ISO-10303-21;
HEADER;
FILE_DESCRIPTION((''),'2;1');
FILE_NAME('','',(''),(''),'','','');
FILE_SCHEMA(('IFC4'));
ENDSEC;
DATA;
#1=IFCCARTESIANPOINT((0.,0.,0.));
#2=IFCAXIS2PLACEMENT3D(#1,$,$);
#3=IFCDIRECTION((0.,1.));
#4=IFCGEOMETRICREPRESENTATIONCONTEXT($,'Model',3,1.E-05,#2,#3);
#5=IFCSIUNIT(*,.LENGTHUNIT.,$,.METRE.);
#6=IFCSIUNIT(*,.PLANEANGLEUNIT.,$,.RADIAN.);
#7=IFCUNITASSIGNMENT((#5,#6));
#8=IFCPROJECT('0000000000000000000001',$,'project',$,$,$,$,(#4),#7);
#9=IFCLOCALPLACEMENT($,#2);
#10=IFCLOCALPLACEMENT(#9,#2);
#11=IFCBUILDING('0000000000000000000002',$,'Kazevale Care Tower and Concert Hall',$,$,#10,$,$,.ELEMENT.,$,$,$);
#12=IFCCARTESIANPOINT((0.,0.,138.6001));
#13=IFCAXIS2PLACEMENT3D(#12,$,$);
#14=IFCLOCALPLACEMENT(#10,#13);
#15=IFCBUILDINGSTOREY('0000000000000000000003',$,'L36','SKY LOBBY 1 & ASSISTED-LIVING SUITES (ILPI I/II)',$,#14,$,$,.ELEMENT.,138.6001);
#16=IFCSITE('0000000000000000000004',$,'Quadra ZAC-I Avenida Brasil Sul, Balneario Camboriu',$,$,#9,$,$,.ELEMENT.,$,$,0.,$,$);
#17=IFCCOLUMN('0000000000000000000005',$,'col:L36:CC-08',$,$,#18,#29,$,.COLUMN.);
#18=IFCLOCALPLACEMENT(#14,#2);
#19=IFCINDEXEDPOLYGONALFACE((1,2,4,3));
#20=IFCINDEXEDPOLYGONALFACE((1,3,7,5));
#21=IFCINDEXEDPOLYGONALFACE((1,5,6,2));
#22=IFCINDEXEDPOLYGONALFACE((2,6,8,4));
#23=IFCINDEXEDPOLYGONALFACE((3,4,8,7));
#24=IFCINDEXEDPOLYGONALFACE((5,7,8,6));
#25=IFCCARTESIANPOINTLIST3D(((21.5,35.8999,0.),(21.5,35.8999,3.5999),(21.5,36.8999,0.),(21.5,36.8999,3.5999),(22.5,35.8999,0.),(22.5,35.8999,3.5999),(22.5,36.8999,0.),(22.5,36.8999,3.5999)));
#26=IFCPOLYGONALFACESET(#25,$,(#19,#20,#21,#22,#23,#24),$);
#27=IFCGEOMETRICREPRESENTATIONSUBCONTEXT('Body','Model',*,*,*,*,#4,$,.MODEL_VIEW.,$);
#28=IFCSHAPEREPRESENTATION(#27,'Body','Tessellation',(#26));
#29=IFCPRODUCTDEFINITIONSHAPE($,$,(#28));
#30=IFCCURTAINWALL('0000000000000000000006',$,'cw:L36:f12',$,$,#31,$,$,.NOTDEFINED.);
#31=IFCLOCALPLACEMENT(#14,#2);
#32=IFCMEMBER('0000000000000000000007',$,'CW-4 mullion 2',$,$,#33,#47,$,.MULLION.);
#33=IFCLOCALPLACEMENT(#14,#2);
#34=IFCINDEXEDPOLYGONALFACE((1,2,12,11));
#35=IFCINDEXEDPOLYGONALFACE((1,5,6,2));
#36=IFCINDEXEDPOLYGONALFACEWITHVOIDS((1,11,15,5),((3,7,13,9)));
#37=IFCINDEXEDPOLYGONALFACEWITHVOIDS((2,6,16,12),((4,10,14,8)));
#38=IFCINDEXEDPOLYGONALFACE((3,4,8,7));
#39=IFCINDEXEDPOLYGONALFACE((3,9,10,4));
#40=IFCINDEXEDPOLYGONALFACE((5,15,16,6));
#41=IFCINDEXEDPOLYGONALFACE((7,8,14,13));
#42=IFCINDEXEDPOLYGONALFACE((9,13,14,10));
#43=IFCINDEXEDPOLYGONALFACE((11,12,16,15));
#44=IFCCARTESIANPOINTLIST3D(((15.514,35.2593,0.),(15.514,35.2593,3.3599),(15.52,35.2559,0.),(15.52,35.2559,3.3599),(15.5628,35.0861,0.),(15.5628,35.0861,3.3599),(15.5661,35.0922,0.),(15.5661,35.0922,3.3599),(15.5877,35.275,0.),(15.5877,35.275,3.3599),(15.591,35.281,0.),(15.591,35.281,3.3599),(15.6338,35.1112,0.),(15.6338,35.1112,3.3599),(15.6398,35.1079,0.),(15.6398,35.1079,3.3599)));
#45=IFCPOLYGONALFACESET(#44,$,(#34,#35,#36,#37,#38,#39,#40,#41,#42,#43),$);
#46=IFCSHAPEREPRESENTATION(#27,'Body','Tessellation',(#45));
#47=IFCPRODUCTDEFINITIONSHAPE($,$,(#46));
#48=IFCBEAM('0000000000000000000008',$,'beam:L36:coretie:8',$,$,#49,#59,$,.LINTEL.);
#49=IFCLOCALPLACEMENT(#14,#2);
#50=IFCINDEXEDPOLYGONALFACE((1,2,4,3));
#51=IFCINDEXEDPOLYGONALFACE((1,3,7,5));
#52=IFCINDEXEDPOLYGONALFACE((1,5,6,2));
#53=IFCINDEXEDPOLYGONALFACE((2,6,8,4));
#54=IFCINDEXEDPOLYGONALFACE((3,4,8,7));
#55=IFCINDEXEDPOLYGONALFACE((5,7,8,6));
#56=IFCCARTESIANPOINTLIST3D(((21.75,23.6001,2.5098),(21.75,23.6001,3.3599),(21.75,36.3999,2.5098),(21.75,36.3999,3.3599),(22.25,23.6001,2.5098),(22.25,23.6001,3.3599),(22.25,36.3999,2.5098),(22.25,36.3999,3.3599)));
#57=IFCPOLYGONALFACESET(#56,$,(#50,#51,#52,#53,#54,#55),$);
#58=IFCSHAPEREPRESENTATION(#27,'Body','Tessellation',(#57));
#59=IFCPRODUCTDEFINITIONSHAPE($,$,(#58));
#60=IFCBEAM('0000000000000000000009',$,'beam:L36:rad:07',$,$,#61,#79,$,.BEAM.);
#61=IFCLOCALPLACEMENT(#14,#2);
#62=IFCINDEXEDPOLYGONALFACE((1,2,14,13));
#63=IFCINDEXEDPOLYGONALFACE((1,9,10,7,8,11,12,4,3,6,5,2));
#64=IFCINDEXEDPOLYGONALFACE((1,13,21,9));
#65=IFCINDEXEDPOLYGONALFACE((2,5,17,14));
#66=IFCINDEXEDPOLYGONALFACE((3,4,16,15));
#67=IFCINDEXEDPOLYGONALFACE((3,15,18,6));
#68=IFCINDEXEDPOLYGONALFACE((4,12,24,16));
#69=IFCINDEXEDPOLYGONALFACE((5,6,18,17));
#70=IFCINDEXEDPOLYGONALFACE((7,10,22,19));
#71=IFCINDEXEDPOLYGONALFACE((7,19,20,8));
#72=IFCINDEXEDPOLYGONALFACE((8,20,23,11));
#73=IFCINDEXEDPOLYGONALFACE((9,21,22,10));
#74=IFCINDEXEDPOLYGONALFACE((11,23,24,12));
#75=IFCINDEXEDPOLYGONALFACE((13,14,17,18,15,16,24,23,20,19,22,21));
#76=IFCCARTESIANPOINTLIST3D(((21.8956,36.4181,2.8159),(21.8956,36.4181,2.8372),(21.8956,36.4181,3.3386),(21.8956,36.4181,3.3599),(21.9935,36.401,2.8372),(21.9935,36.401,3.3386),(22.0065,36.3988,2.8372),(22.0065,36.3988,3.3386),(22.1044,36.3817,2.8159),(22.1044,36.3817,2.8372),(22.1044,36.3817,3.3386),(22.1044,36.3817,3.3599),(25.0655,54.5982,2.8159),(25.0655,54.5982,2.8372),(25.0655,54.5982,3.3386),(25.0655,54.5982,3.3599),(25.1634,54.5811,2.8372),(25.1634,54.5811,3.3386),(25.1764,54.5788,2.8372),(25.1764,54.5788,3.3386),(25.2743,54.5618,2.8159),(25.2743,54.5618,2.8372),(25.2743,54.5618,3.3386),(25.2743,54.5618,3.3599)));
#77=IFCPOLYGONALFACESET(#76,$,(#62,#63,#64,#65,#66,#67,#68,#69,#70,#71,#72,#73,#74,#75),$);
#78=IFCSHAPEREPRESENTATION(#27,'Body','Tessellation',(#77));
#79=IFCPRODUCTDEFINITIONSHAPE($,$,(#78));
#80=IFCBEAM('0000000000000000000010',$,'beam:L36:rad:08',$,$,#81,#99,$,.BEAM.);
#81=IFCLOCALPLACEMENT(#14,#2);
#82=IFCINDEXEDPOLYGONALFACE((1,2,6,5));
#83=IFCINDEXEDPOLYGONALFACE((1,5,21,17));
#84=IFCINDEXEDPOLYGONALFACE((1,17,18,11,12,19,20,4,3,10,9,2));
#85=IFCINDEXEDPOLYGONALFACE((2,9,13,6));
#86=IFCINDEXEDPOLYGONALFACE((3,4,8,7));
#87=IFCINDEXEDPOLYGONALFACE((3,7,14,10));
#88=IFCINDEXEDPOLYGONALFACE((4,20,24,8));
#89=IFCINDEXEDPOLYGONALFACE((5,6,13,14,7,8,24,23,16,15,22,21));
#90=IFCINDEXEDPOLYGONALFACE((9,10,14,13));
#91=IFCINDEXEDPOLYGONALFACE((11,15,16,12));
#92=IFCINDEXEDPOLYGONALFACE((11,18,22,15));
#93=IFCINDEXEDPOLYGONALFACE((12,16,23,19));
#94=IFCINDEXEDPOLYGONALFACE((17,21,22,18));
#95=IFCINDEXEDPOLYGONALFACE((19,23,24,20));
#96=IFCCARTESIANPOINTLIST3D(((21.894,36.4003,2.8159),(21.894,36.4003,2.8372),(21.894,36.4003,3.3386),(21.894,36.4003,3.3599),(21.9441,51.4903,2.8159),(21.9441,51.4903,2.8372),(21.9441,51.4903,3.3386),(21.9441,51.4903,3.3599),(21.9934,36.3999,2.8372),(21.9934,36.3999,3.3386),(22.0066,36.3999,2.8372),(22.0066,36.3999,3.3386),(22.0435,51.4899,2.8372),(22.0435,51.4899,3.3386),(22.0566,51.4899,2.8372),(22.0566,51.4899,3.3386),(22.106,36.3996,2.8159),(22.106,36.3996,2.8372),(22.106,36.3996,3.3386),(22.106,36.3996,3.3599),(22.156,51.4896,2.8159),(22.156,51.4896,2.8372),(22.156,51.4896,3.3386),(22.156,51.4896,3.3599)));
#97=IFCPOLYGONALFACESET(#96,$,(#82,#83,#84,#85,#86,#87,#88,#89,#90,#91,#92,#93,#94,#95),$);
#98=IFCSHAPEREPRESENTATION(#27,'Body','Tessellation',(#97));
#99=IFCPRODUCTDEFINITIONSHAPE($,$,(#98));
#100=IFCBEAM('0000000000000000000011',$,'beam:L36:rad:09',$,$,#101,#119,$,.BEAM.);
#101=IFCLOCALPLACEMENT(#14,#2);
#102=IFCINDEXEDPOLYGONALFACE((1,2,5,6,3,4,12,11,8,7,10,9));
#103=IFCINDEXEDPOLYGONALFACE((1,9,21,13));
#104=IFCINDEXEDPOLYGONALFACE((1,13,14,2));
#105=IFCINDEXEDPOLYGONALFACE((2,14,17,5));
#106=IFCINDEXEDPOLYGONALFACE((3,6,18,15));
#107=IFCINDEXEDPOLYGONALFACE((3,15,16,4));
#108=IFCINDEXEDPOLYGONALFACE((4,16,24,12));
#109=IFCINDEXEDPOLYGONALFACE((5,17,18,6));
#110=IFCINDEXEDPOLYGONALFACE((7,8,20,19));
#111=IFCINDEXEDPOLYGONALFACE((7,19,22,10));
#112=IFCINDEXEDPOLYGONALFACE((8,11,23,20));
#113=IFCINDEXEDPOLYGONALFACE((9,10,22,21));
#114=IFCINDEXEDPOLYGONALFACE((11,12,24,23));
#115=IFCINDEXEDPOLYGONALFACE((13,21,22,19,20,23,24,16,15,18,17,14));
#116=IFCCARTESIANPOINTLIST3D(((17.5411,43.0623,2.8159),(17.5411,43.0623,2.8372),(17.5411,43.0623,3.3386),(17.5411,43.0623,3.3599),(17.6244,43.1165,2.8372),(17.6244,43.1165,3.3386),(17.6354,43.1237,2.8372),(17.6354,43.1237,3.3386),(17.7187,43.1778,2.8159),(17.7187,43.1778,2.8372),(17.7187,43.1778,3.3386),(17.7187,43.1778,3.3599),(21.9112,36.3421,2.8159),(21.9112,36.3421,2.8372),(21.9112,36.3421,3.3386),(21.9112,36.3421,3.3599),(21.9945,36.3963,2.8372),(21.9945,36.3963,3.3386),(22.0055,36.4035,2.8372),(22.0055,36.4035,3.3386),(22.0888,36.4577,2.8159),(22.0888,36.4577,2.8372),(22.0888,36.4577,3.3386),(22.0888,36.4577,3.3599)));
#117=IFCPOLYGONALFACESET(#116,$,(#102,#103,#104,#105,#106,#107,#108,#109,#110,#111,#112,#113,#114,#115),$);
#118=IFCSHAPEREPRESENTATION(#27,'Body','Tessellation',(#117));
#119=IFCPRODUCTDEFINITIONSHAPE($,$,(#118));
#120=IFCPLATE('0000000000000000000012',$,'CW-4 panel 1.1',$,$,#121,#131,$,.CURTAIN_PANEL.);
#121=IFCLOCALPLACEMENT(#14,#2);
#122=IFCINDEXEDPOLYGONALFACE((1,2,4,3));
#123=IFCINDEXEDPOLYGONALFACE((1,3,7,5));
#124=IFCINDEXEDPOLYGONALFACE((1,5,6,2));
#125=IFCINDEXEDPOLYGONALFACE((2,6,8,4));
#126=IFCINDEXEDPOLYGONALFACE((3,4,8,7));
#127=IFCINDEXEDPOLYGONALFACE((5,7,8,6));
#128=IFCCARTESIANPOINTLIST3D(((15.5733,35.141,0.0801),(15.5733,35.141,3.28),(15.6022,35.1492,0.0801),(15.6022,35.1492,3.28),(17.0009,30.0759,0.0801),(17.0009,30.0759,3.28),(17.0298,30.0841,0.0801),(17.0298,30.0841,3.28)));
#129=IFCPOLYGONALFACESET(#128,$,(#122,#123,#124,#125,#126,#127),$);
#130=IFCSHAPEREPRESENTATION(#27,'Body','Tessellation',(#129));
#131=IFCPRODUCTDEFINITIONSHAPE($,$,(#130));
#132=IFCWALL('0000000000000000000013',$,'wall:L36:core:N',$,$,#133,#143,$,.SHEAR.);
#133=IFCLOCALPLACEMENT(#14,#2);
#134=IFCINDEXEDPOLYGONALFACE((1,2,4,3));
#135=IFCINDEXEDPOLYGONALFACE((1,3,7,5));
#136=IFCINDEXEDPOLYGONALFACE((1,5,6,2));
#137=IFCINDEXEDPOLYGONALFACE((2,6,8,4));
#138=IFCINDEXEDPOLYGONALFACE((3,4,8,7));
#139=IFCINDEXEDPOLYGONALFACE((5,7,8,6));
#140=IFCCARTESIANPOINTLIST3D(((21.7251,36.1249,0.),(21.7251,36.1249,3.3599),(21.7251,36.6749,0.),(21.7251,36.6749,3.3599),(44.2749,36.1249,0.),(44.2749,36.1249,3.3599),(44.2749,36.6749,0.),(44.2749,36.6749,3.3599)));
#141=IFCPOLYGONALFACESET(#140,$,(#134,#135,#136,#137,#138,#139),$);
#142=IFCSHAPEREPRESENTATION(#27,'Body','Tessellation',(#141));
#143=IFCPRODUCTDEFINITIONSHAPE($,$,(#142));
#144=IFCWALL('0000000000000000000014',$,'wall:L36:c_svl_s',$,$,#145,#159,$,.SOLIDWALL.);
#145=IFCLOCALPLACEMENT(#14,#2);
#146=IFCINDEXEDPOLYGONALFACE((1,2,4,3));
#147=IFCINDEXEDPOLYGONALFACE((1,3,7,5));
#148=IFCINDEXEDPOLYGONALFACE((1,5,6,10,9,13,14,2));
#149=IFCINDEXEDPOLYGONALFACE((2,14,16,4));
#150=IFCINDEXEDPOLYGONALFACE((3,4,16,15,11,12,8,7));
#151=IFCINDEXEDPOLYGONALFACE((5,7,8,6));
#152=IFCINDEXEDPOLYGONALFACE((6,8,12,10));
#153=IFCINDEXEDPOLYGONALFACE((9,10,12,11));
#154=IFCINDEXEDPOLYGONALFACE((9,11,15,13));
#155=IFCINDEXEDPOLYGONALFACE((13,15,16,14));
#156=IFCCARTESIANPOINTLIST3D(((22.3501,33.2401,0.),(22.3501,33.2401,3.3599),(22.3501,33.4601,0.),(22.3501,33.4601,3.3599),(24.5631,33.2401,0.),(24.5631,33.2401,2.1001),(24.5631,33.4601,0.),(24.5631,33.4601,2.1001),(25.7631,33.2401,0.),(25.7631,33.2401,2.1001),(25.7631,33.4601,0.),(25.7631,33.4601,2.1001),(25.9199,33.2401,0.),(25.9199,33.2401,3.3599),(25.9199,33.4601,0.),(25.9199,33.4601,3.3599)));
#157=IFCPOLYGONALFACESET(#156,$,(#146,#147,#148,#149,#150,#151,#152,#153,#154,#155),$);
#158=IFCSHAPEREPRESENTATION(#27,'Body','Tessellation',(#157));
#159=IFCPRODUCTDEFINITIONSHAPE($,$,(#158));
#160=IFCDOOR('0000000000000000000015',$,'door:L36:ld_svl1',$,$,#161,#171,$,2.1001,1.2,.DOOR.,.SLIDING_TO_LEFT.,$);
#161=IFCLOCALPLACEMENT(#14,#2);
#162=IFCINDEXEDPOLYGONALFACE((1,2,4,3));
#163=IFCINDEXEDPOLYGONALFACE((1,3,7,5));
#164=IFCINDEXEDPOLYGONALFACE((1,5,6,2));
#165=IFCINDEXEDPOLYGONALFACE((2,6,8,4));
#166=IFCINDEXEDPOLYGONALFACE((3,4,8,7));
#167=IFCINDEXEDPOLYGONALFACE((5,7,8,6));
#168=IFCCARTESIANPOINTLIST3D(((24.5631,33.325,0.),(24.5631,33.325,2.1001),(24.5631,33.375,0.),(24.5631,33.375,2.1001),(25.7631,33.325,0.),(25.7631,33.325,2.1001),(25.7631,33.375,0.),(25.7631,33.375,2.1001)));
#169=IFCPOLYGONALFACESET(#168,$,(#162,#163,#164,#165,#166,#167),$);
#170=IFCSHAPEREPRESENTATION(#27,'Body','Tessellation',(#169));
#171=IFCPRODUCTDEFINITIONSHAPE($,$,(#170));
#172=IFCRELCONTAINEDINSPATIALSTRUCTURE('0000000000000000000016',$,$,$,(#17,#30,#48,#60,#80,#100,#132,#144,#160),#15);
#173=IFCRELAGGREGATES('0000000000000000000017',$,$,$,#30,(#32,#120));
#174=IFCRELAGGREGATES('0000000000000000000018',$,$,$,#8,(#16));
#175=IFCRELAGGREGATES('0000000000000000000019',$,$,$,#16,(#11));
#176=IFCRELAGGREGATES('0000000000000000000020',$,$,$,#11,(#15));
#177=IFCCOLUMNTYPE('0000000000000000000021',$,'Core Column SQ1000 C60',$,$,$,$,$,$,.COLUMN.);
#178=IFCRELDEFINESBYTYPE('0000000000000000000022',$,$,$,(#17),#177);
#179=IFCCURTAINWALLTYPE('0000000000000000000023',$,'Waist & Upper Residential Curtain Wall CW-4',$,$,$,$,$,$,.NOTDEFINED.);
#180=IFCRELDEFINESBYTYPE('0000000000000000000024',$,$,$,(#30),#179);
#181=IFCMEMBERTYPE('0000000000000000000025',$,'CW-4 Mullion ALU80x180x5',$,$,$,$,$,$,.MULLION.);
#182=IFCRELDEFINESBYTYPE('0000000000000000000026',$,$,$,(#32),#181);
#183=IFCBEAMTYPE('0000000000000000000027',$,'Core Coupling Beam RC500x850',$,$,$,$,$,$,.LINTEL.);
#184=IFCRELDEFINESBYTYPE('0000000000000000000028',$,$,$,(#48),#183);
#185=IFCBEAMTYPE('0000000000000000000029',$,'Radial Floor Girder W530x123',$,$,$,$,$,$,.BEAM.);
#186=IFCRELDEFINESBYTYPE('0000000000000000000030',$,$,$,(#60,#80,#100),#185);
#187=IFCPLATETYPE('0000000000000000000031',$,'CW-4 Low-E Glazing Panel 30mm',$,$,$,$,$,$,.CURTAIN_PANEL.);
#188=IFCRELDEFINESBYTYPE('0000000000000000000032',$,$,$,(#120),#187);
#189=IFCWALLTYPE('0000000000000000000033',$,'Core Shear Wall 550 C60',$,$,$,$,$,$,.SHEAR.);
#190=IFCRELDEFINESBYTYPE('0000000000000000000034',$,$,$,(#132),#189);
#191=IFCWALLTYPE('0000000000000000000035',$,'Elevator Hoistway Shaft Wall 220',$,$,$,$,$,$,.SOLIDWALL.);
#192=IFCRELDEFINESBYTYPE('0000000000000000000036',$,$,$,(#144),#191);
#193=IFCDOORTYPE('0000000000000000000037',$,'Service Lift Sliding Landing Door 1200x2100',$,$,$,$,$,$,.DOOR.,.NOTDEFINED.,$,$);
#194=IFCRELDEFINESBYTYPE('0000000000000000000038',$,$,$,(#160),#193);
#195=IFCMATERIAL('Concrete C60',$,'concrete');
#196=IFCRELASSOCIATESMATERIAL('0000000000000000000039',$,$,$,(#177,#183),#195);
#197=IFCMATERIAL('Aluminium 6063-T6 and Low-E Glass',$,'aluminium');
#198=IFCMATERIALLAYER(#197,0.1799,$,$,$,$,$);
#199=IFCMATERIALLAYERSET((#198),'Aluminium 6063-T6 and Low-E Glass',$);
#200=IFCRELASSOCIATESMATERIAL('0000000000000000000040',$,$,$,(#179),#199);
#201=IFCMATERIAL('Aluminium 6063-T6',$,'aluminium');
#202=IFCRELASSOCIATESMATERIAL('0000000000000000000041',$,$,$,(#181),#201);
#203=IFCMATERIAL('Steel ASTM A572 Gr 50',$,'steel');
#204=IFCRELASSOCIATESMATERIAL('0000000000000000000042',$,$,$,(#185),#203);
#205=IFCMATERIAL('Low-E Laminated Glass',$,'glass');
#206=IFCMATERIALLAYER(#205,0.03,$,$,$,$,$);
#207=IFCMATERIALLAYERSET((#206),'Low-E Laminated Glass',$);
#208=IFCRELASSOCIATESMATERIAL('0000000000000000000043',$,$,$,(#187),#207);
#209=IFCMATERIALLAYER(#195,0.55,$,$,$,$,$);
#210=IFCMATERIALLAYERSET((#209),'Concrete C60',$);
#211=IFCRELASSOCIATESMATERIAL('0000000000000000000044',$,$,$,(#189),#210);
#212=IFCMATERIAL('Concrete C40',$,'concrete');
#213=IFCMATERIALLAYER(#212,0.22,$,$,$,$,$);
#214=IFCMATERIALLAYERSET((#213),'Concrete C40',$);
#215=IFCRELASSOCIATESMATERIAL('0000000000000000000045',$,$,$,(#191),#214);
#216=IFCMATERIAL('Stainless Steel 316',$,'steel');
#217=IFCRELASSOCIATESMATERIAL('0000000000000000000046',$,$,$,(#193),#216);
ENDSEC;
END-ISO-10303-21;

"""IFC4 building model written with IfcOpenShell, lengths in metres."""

from ifc_helpers import new_model, si_unit, direction, frame, frame_2d, origin, origin_2d, place, context, subcontext, project, spatial, rectangle, hollow_rectangle, i_section, extrude, material, layer, layer_set, material_profile, profile_set, type_object, element, fill, aggregate, save


model = new_model("IFC4")

# Units and contexts
model_context = context("Model", 3, precision=1e-05, world=origin(), true_north=direction((0.0, 1.0)))
body_context = subcontext(model_context, "Body", "Model", "MODEL_VIEW")
ifc_project = project(units=[si_unit("LENGTHUNIT", "METRE"), si_unit("PLANEANGLEUNIT", "RADIAN")], contexts=[model_context])

# Site, building, storey
site_placement = place(None, origin())
site = spatial("IfcSite", under=ifc_project, at=site_placement, Name="Quadra ZAC-I Avenida Brasil Sul, Balneario Camboriu", CompositionType="ELEMENT", RefElevation=0.0)
building_placement = place(site_placement, origin())
building = spatial("IfcBuilding", under=site, at=building_placement, Name="Kazevale Care Tower and Concert Hall", CompositionType="ELEMENT")
storey_placement = place(building_placement, frame((0.0, 0.0, 138.6001)))
storey = spatial("IfcBuildingStorey", under=building, at=storey_placement, Name="L36", Description="SKY LOBBY 1 & ASSISTED-LIVING SUITES (ILPI I/II)", CompositionType="ELEMENT", Elevation=138.6001)

# Column
ifc_material_1 = material(Name="Concrete C60", Category="concrete")
ifc_material_profile_1 = material_profile(ifc_material_1, rectangle(XDim=1.0, YDim=1.0, at=origin_2d()), Name="RC-SQ1000")
ifc_profile_set_1 = profile_set([ifc_material_profile_1], Name="Concrete C60")
column_type = type_object("IfcColumnType", Name="Core Column SQ1000 C60", PredefinedType="COLUMN", material=ifc_profile_set_1)
column_placement = place(storey_placement, frame((22.0, 36.3999, 0.0), z_axis=(0.0, 0.0, 1.0), x_axis=(1.0, 0.0, 0.0)))
element("IfcColumn", 1, at=column_placement, inside=storey, type_object=column_type, Name="col:L36:CC-08", PredefinedType="COLUMN", context=body_context, shape_type="SweptSolid", body=[
    extrude(rectangle(XDim=1.0, YDim=1.0, at=origin_2d()), origin(), (0.0, 0.0, 1.0), 3.5999),
])

# Curtain wall, member
ifc_material_2 = material(Name="Aluminium 6063-T6 and Low-E Glass", Category="aluminium")
ifc_layer_1 = layer(ifc_material_2, 0.1799)
ifc_layer_set_1 = layer_set([ifc_layer_1], Name="Aluminium 6063-T6 and Low-E Glass")
curtain_wall_type = type_object("IfcCurtainWallType", Name="Waist & Upper Residential Curtain Wall CW-4", PredefinedType="NOTDEFINED", material=ifc_layer_set_1)
curtain_wall_placement = place(storey_placement, origin())
curtain_wall = element("IfcCurtainWall", 2, at=curtain_wall_placement, inside=storey, type_object=curtain_wall_type, Name="cw:L36:f12", PredefinedType="NOTDEFINED")
ifc_material_3 = material(Name="Aluminium 6063-T6", Category="aluminium")
ifc_material_profile_2 = material_profile(ifc_material_3, hollow_rectangle(XDim=0.0801, YDim=0.1799, WallThickness=0.0049, at=origin_2d()), Name="ALU80x180x5")
ifc_profile_set_2 = profile_set([ifc_material_profile_2], Name="Aluminium 6063-T6")
member_type = type_object("IfcMemberType", Name="CW-4 Mullion ALU80x180x5", PredefinedType="MULLION", material=ifc_profile_set_2)
member_placement = place(storey_placement, frame((15.5769, 35.1836, 0.0), z_axis=(0.0, 0.0, 1.0), x_axis=(-0.962499, -0.271285, 0.0)))
member = element("IfcMember", 3, at=member_placement, type_object=member_type, Name="CW-4 mullion 2", PredefinedType="MULLION", context=body_context, shape_type="SweptSolid", body=[
    extrude(hollow_rectangle(XDim=0.0801, YDim=0.1799, WallThickness=0.0049, at=origin_2d()), origin(), (0.0, 0.0, 1.0), 3.3599),
])

# Beams
ifc_material_profile_3 = material_profile(ifc_material_1, rectangle(XDim=0.5, YDim=0.8501, at=origin_2d()), Name="RC-B500x850")
ifc_profile_set_3 = profile_set([ifc_material_profile_3], Name="Concrete C60")
beam_type_1 = type_object("IfcBeamType", Name="Core Coupling Beam RC500x850", PredefinedType="LINTEL", material=ifc_profile_set_3)
beam_1_placement = place(storey_placement, frame((22.0, 36.3999, 2.9348), z_axis=(0.0, -1.0, 0.0), x_axis=(1.0, 0.0, 0.0)))
element("IfcBeam", 4, at=beam_1_placement, inside=storey, type_object=beam_type_1, Name="beam:L36:coretie:8", PredefinedType="LINTEL", context=body_context, shape_type="SweptSolid", body=[
    extrude(rectangle(XDim=0.5, YDim=0.8501, at=origin_2d()), origin(), (0.0, 0.0, 1.0), 12.7998),
])
ifc_material_4 = material(Name="Steel ASTM A572 Gr 50", Category="steel")
ifc_material_profile_4 = material_profile(ifc_material_4, i_section(OverallWidth=0.2119, OverallDepth=0.5439, WebThickness=0.0132, FlangeThickness=0.0212, at=origin_2d()), Name="W530x123")
ifc_profile_set_4 = profile_set([ifc_material_profile_4], Name="Steel ASTM A572 Gr 50")
beam_type_2 = type_object("IfcBeamType", Name="Radial Floor Girder W530x123", PredefinedType="BEAM", material=ifc_profile_set_4)
beam_2_placement = place(storey_placement, frame((22.0, 36.3999, 3.0879), z_axis=(0.17177, 0.985137, 0.0), x_axis=(-0.985137, 0.17177, 0.0)))
element("IfcBeam", 5, at=beam_2_placement, inside=storey, type_object=beam_type_2, Name="beam:L36:rad:07", PredefinedType="BEAM", context=body_context, shape_type="SweptSolid", body=[
    extrude(i_section(OverallWidth=0.2119, OverallDepth=0.5439, WebThickness=0.0132, FlangeThickness=0.0212, at=origin_2d()), origin(), (0.0, 0.0, 1.0), 18.4543),
])
beam_3_placement = place(storey_placement, frame((22.0, 36.3999, 3.0879), z_axis=(0.003317, 0.999994, 0.0), x_axis=(-0.999994, 0.003317, 0.0)))
element("IfcBeam", 6, at=beam_3_placement, inside=storey, type_object=beam_type_2, Name="beam:L36:rad:08", PredefinedType="BEAM", context=body_context, shape_type="SweptSolid", body=[
    extrude(i_section(OverallWidth=0.2119, OverallDepth=0.5439, WebThickness=0.0132, FlangeThickness=0.0212, at=origin_2d()), origin(), (0.0, 0.0, 1.0), 15.0901),
])
beam_4_placement = place(storey_placement, frame((22.0, 36.3999, 3.0879), z_axis=(-0.545162, 0.838331, 0.0), x_axis=(-0.838331, -0.545162, 0.0)))
element("IfcBeam", 7, at=beam_4_placement, inside=storey, type_object=beam_type_2, Name="beam:L36:rad:09", PredefinedType="BEAM", context=body_context, shape_type="SweptSolid", body=[
    extrude(i_section(OverallWidth=0.2119, OverallDepth=0.5439, WebThickness=0.0132, FlangeThickness=0.0212, at=origin_2d()), origin(), (0.0, 0.0, 1.0), 8.0161),
])

# Plate
ifc_material_5 = material(Name="Low-E Laminated Glass", Category="glass")
ifc_layer_2 = layer(ifc_material_5, 0.03)
ifc_layer_set_2 = layer_set([ifc_layer_2], Name="Low-E Laminated Glass")
plate_type = type_object("IfcPlateType", Name="CW-4 Low-E Glazing Panel 30mm", PredefinedType="CURTAIN_PANEL", material=ifc_layer_set_2)
plate_placement = place(storey_placement, frame((16.3015, 32.6125, 0.0801), z_axis=(0.0, 0.0, 1.0), x_axis=(-0.271285, 0.962499, 0.0)))
plate = element("IfcPlate", 8, at=plate_placement, type_object=plate_type, Name="CW-4 panel 1.1", PredefinedType="CURTAIN_PANEL", context=body_context, shape_type="SweptSolid", body=[
    extrude(rectangle(XDim=5.2625, YDim=0.03, at=origin_2d()), origin(), (0.0, 0.0, 1.0), 3.2),
])
aggregate(curtain_wall, [member, plate])

# Wall
ifc_layer_3 = layer(ifc_material_1, 0.55)
ifc_layer_set_3 = layer_set([ifc_layer_3], Name="Concrete C60")
wall_type_1 = type_object("IfcWallType", Name="Core Shear Wall 550 C60", PredefinedType="SHEAR", material=ifc_layer_set_3)
wall_1_placement = place(storey_placement, frame((21.7251, 36.3999, 0.0), z_axis=(0.0, 0.0, 1.0), x_axis=(1.0, 0.0, 0.0)))
element("IfcWall", 9, at=wall_1_placement, inside=storey, type_object=wall_type_1, Name="wall:L36:core:N", PredefinedType="SHEAR", context=body_context, shape_type="SweptSolid", body=[
    extrude(rectangle(XDim=22.5498, YDim=0.55, at=frame_2d((11.2749, 0.0))), origin(), (0.0, 0.0, 1.0), 3.3599),
])

# Wall, opening, door
ifc_material_6 = material(Name="Concrete C40", Category="concrete")
ifc_layer_4 = layer(ifc_material_6, 0.22)
ifc_layer_set_4 = layer_set([ifc_layer_4], Name="Concrete C40")
wall_type_2 = type_object("IfcWallType", Name="Elevator Hoistway Shaft Wall 220", PredefinedType="SOLIDWALL", material=ifc_layer_set_4)
wall_2_placement = place(storey_placement, frame((22.3501, 33.3501, 0.0), z_axis=(0.0, 0.0, 1.0), x_axis=(1.0, 0.0, 0.0)))
wall_2 = element("IfcWall", 10, at=wall_2_placement, inside=storey, type_object=wall_type_2, Name="wall:L36:c_svl_s", PredefinedType="SOLIDWALL", context=body_context, shape_type="SweptSolid", body=[
    extrude(rectangle(XDim=3.5698, YDim=0.22, at=frame_2d((1.7849, 0.0))), origin(), (0.0, 0.0, 1.0), 3.3599),
])
opening_1_placement = place(wall_2_placement, frame((2.2129, 0.0, 0.0)))
opening_1 = element("IfcOpeningElement", 11, at=opening_1_placement, cuts=wall_2, PredefinedType="OPENING", context=body_context, shape_type="SweptSolid", body=[
    extrude(rectangle(XDim=1.2, YDim=2.1001, at=frame_2d((0.6001, 1.05))), frame((0.0, 0.1199, 0.0), z_axis=(0.0, -1.0, 0.0), x_axis=(1.0, 0.0, 0.0)), (0.0, 0.0, 1.0), 0.24),
])
ifc_material_7 = material(Name="Stainless Steel 316", Category="steel")
door_type_1 = type_object("IfcDoorType", Name="Service Lift Sliding Landing Door 1200x2100", OperationType="NOTDEFINED", PredefinedType="DOOR", material=ifc_material_7)
door_1_placement = place(opening_1_placement, origin())
door_1 = element("IfcDoor", 12, at=door_1_placement, inside=storey, type_object=door_type_1, Name="door:L36:ld_svl1", OperationType="SLIDING_TO_LEFT", OverallHeight=2.1001, OverallWidth=1.2, PredefinedType="DOOR", context=body_context, shape_type="SweptSolid", body=[
    extrude(rectangle(XDim=1.2, YDim=2.1001, at=frame_2d((0.6001, 1.05))), frame((0.0, 0.0249, 0.0), z_axis=(0.0, -1.0, 0.0), x_axis=(1.0, 0.0, 0.0)), (0.0, 0.0, 1.0), 0.05),
])
fill(opening_1, door_1)

save(model, "model.ifc")
